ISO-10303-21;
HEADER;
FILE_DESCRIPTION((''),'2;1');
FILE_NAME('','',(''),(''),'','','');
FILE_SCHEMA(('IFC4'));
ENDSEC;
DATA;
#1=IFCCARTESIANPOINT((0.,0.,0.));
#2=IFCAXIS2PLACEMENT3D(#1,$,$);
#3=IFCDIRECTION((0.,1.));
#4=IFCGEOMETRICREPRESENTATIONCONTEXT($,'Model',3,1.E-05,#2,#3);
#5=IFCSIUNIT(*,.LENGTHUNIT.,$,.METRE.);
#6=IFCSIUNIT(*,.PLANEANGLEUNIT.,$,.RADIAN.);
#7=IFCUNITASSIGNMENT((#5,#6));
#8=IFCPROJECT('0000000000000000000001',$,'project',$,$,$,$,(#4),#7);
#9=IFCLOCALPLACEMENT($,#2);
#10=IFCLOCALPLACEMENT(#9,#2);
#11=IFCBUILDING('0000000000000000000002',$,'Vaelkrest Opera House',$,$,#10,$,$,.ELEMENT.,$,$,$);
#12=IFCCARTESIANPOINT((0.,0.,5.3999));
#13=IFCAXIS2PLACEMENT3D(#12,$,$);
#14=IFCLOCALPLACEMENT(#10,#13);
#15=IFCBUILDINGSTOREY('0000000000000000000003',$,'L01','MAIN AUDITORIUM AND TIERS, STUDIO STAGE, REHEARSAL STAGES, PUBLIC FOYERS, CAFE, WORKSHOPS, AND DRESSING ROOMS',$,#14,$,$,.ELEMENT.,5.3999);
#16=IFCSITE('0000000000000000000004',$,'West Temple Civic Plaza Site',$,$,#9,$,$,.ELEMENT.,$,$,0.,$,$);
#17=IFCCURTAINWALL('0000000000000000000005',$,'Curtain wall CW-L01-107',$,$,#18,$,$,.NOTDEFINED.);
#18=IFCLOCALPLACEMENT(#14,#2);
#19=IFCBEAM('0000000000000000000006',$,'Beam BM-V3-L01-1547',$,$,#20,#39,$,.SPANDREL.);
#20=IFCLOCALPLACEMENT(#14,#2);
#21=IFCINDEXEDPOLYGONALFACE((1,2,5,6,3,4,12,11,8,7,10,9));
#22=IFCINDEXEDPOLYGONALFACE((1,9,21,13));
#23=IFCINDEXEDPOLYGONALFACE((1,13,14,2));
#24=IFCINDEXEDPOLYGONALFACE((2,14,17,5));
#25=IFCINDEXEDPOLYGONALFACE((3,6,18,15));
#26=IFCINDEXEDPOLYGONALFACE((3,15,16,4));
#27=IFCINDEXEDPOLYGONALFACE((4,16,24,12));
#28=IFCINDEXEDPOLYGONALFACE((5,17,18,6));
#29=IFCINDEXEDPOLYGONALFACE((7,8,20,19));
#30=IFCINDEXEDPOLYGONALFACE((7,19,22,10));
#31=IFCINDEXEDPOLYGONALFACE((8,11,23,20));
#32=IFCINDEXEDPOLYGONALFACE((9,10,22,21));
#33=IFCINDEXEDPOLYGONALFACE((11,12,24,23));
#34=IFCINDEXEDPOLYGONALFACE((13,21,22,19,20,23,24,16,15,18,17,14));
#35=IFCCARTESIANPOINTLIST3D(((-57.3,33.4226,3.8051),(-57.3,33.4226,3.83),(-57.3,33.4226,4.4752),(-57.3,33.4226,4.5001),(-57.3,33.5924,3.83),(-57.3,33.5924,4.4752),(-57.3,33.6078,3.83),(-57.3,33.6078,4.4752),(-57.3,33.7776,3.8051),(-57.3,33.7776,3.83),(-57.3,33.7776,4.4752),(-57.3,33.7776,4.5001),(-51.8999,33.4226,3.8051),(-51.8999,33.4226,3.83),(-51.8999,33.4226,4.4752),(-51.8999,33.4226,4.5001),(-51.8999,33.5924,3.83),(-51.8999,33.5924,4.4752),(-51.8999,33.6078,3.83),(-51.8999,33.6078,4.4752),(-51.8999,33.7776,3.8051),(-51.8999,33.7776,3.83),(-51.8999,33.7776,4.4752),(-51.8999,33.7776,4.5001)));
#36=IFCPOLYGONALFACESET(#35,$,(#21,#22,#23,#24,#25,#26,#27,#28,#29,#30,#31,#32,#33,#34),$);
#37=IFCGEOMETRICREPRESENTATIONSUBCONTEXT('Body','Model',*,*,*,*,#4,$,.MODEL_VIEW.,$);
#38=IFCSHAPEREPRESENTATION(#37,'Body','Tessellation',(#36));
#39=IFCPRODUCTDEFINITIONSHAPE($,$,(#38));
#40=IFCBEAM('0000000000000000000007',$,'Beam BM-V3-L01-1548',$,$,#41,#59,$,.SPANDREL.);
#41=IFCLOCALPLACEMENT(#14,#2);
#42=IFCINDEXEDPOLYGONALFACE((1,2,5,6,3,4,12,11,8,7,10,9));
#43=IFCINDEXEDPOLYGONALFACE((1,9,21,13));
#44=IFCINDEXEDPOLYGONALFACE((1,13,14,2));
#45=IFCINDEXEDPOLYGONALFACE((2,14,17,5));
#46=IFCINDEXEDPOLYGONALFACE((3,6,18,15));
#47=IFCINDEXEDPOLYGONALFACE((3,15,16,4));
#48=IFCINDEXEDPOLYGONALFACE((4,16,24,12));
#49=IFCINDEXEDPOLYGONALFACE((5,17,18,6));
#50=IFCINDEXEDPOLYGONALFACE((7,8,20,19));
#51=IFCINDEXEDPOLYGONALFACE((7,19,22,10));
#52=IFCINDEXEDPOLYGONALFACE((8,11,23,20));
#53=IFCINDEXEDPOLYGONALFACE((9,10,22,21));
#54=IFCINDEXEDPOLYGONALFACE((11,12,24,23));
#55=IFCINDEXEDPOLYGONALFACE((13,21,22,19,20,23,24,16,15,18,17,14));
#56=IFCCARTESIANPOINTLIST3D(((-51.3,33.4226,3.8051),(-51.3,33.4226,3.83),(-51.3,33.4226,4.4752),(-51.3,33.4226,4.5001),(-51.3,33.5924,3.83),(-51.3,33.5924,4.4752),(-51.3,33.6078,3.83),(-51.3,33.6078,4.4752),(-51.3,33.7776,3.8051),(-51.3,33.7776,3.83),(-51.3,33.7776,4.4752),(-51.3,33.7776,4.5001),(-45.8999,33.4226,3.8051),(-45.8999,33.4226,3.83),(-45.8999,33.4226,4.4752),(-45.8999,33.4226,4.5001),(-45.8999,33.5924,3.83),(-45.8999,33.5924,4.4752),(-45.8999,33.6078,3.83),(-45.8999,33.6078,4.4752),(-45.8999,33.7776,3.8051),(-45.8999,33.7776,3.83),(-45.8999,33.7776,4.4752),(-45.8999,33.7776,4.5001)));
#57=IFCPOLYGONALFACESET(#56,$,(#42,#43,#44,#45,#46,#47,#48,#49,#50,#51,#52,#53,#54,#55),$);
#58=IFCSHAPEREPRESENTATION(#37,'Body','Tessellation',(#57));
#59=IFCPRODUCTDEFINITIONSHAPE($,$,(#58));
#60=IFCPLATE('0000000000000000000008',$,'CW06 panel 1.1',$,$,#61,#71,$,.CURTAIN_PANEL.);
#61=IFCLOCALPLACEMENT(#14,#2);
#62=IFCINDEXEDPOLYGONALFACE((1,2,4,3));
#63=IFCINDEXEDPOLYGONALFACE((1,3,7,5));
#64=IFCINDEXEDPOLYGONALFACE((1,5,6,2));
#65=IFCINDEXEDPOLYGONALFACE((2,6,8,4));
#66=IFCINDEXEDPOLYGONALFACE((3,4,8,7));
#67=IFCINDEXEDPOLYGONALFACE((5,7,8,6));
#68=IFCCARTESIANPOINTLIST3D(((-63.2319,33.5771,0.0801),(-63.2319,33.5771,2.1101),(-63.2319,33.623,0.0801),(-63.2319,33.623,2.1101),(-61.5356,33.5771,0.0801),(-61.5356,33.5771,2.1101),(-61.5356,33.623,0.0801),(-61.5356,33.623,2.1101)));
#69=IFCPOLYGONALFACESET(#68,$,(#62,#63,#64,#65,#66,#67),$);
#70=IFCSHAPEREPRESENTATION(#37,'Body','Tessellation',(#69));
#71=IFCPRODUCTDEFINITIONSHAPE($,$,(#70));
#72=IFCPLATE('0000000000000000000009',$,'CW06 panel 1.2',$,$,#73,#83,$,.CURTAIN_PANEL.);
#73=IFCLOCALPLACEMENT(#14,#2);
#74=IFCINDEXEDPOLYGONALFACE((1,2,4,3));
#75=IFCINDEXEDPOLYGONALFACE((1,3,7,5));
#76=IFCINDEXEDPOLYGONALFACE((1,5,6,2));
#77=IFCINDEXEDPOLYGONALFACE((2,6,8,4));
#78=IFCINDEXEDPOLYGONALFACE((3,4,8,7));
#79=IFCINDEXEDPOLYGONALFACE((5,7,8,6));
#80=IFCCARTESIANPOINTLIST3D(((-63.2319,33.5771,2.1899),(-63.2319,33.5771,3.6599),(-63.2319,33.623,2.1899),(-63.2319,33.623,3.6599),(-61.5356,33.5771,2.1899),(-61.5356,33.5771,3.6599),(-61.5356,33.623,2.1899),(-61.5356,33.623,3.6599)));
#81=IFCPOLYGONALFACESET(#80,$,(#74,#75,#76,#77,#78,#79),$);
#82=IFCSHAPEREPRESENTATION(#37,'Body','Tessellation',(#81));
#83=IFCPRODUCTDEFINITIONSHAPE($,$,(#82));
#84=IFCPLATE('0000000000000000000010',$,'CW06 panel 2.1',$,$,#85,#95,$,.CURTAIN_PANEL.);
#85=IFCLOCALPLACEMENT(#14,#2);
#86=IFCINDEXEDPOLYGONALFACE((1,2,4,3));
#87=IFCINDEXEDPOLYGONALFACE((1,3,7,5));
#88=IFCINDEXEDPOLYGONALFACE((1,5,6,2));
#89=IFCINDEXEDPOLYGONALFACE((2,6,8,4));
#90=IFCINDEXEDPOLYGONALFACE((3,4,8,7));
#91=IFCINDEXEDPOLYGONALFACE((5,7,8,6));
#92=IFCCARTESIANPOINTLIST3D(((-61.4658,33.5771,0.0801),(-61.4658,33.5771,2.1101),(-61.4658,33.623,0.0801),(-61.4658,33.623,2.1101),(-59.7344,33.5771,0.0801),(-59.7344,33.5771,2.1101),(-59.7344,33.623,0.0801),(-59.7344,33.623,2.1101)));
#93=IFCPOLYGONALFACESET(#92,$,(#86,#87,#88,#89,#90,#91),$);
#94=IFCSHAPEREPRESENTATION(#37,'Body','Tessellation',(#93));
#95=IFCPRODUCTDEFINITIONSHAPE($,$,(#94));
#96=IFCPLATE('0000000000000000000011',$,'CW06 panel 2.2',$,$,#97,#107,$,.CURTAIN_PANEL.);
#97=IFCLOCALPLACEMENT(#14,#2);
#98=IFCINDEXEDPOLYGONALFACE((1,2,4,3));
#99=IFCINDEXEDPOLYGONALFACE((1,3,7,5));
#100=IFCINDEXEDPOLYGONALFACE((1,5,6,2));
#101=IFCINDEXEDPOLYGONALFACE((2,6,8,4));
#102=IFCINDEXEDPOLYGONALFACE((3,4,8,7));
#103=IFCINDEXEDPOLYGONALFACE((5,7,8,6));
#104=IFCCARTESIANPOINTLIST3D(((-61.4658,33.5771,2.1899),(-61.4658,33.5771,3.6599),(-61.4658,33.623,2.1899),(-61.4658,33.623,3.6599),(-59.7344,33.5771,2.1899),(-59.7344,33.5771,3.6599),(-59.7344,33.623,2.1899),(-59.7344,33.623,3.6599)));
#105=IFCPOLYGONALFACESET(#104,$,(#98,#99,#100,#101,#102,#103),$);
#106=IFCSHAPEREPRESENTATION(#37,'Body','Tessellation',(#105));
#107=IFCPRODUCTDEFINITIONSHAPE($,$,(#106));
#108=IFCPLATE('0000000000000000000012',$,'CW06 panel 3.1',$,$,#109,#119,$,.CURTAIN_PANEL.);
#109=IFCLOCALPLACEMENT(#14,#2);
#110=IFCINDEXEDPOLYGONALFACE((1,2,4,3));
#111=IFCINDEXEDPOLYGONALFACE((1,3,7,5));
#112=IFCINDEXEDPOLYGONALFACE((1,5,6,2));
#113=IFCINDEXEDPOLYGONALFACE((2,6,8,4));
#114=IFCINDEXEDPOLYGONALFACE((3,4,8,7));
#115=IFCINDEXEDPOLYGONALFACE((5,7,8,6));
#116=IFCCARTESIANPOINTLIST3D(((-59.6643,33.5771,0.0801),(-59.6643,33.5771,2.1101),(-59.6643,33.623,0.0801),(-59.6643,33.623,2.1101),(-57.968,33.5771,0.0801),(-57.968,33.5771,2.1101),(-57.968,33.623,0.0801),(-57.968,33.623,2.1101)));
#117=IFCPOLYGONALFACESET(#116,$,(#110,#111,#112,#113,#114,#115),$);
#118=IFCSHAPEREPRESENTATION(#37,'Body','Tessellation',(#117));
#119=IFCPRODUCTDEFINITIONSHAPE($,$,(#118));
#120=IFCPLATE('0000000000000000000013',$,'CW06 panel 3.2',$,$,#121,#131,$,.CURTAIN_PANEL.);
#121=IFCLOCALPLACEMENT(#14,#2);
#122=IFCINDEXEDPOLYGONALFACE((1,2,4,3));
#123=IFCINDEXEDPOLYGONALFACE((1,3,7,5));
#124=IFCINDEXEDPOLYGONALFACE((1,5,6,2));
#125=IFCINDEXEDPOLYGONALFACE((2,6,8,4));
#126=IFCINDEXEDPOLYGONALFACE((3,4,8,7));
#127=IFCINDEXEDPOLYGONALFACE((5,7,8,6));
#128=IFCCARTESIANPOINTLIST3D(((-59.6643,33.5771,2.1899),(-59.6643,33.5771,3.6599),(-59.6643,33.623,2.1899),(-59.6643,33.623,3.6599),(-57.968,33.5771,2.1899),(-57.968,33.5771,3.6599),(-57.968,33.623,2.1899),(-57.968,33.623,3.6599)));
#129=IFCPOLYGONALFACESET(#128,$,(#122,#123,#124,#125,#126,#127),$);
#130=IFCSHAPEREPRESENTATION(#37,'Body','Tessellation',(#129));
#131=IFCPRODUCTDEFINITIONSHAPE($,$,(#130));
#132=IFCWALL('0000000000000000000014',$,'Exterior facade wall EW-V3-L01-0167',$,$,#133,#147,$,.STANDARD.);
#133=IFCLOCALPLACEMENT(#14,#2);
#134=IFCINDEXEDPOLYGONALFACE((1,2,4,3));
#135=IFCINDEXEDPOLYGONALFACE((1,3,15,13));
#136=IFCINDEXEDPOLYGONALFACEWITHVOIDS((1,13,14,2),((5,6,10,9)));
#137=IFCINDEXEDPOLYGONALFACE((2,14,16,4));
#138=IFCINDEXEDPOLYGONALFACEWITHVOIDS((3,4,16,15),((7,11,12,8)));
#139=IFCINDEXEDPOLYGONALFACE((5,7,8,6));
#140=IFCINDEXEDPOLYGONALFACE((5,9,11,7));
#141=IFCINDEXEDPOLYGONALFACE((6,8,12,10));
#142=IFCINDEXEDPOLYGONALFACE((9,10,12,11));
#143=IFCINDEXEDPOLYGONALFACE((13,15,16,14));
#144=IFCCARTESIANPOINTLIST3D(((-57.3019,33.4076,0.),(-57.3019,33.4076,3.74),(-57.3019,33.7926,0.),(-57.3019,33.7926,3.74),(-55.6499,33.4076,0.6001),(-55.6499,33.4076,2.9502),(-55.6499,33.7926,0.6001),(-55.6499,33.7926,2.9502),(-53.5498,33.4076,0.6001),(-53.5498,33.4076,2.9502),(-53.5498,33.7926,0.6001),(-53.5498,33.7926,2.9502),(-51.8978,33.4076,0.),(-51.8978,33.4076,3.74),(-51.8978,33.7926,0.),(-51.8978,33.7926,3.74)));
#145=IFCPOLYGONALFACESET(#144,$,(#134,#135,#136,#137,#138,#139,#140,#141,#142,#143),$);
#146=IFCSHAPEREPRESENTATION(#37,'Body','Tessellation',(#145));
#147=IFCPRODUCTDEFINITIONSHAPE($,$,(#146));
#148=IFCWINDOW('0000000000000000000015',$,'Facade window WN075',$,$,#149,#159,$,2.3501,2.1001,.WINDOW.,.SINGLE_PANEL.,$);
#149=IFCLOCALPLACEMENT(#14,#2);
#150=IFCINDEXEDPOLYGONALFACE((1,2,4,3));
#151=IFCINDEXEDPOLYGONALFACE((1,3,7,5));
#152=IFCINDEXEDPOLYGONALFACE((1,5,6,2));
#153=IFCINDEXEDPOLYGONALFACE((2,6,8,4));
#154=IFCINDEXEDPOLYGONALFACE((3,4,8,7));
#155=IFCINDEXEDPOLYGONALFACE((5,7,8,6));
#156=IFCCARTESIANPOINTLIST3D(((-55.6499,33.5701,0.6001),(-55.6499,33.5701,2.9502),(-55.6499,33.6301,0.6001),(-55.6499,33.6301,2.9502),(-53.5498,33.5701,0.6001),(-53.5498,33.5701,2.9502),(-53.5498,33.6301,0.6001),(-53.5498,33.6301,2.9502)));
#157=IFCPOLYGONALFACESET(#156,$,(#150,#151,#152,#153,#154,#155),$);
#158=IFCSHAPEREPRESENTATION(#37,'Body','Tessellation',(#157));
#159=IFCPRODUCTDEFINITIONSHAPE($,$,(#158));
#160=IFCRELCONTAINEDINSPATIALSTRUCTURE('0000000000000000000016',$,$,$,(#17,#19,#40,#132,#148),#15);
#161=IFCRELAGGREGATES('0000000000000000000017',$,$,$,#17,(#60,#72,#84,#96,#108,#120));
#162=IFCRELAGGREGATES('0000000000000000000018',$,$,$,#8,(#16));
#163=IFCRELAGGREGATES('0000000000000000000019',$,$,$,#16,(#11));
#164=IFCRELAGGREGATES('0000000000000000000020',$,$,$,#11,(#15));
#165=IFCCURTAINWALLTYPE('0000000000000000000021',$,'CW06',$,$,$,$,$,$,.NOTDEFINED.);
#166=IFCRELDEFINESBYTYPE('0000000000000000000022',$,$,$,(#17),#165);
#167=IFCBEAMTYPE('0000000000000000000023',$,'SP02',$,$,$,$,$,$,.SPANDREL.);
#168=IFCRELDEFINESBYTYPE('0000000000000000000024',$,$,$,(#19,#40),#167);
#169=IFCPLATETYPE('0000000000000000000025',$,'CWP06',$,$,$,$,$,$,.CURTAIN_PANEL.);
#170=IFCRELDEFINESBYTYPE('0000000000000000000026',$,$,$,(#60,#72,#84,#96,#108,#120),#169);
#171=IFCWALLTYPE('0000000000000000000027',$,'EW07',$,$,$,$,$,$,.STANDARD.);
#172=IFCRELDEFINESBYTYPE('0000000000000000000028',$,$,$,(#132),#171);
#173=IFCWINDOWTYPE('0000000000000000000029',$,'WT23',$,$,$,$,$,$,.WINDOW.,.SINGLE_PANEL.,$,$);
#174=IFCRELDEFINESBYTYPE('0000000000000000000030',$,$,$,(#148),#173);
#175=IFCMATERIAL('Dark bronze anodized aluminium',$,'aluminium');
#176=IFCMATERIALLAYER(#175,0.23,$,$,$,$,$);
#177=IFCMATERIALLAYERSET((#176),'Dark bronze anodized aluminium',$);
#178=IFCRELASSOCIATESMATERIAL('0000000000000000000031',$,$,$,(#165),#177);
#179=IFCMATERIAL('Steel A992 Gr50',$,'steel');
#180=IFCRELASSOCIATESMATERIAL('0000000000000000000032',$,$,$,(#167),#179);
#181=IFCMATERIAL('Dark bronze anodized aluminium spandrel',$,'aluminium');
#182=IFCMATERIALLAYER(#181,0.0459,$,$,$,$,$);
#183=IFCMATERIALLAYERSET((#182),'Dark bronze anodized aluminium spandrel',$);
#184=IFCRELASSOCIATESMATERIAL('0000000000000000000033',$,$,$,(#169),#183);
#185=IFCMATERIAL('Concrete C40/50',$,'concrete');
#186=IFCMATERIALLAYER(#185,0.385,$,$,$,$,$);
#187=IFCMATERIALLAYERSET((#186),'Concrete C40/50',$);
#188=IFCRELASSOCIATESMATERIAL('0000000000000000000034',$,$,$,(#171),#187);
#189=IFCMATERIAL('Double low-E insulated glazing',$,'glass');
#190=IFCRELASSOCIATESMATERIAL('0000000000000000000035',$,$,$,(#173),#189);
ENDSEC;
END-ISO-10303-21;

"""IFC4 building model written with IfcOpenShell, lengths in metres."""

from ifc_helpers import new_model, si_unit, direction, frame, frame_2d, origin, origin_2d, place, context, subcontext, project, spatial, rectangle, i_section, extrude, material, layer, layer_set, material_profile, profile_set, type_object, element, fill, aggregate, save


model = new_model("IFC4")

# Units and contexts
model_context = context("Model", 3, precision=1e-05, world=origin(), true_north=direction((0.0, 1.0)))
body_context = subcontext(model_context, "Body", "Model", "MODEL_VIEW")
ifc_project = project(units=[si_unit("LENGTHUNIT", "METRE"), si_unit("PLANEANGLEUNIT", "RADIAN")], contexts=[model_context])

# Site, building, storey
site_placement = place(None, origin())
site = spatial("IfcSite", under=ifc_project, at=site_placement, Name="West Temple Civic Plaza Site", CompositionType="ELEMENT", RefElevation=0.0)
building_placement = place(site_placement, origin())
building = spatial("IfcBuilding", under=site, at=building_placement, Name="Vaelkrest Opera House", CompositionType="ELEMENT")
storey_placement = place(building_placement, frame((0.0, 0.0, 5.3999)))
storey = spatial("IfcBuildingStorey", under=building, at=storey_placement, Name="L01", Description="MAIN AUDITORIUM AND TIERS, STUDIO STAGE, REHEARSAL STAGES, PUBLIC FOYERS, CAFE, WORKSHOPS, AND DRESSING ROOMS", CompositionType="ELEMENT", Elevation=5.3999)

# Shared definitions
ifc_material_1 = material(Name="Steel A992 Gr50", Category="steel")

# Curtain wall
ifc_material_2 = material(Name="Dark bronze anodized aluminium", Category="aluminium")
ifc_layer_1 = layer(ifc_material_2, 0.23)
ifc_layer_set_1 = layer_set([ifc_layer_1], Name="Dark bronze anodized aluminium")
curtain_wall_type = type_object("IfcCurtainWallType", Name="CW06", PredefinedType="NOTDEFINED", material=ifc_layer_set_1)
curtain_wall_placement = place(storey_placement, origin())
curtain_wall = element("IfcCurtainWall", 1, at=curtain_wall_placement, inside=storey, type_object=curtain_wall_type, Name="Curtain wall CW-L01-107", PredefinedType="NOTDEFINED")

# Beams
ifc_material_profile_1 = material_profile(ifc_material_1, i_section(OverallWidth=0.355, OverallDepth=0.6951, WebThickness=0.0154, FlangeThickness=0.0249, at=origin_2d()), Name="W27X146")
ifc_profile_set_1 = profile_set([ifc_material_profile_1], Name="Steel A992 Gr50")
beam_type_1 = type_object("IfcBeamType", Name="SP02", PredefinedType="SPANDREL", material=ifc_profile_set_1)
for number, where, z_axis, x_axis, name in (
    (2, (-57.3, 33.6001, 4.1526), (1.0, 0.0, 0.0), (0.0, 1.0, 0.0), "Beam BM-V3-L01-1547"),
    (3, (-51.3, 33.6001, 4.1526), (1.0, 0.0, 0.0), (0.0, 1.0, 0.0), "Beam BM-V3-L01-1548"),
):
    element("IfcBeam", number, at=place(storey_placement, frame(where, z_axis=z_axis, x_axis=x_axis)), inside=storey, type_object=beam_type_1, Name=name, PredefinedType="SPANDREL", context=body_context, shape_type="SweptSolid", body=[
        extrude(i_section(OverallWidth=0.355, OverallDepth=0.6951, WebThickness=0.0154, FlangeThickness=0.0249, at=origin_2d()), origin(), (0.0, 0.0, 1.0), 5.4001),
    ])

# Plates
ifc_material_3 = material(Name="Dark bronze anodized aluminium spandrel", Category="aluminium")
ifc_layer_2 = layer(ifc_material_3, 0.0459)
ifc_layer_set_2 = layer_set([ifc_layer_2], Name="Dark bronze anodized aluminium spandrel")
plate_type = type_object("IfcPlateType", Name="CWP06", PredefinedType="CURTAIN_PANEL", material=ifc_layer_set_2)
plate_1_placement = place(storey_placement, frame((-62.3838, 33.6001, 0.0801), z_axis=(0.0, 0.0, 1.0), x_axis=(1.0, 0.0, 0.0)))
plate_1 = element("IfcPlate", 4, at=plate_1_placement, type_object=plate_type, Name="CW06 panel 1.1", PredefinedType="CURTAIN_PANEL", context=body_context, shape_type="SweptSolid", body=[
    extrude(rectangle(XDim=1.6963, YDim=0.0459, at=origin_2d()), origin(), (0.0, 0.0, 1.0), 2.03),
])
plate_2_placement = place(storey_placement, frame((-62.3838, 33.6001, 2.1899), z_axis=(0.0, 0.0, 1.0), x_axis=(1.0, 0.0, 0.0)))
plate_2 = element("IfcPlate", 5, at=plate_2_placement, type_object=plate_type, Name="CW06 panel 1.2", PredefinedType="CURTAIN_PANEL", context=body_context, shape_type="SweptSolid", body=[
    extrude(rectangle(XDim=1.6963, YDim=0.0459, at=origin_2d()), origin(), (0.0, 0.0, 1.0), 1.47),
])
plate_3_placement = place(storey_placement, frame((-60.6001, 33.6001, 0.0801), z_axis=(0.0, 0.0, 1.0), x_axis=(1.0, 0.0, 0.0)))
plate_3 = element("IfcPlate", 6, at=plate_3_placement, type_object=plate_type, Name="CW06 panel 2.1", PredefinedType="CURTAIN_PANEL", context=body_context, shape_type="SweptSolid", body=[
    extrude(rectangle(XDim=1.7314, YDim=0.0459, at=origin_2d()), origin(), (0.0, 0.0, 1.0), 2.03),
])
plate_4_placement = place(storey_placement, frame((-60.6001, 33.6001, 2.1899), z_axis=(0.0, 0.0, 1.0), x_axis=(1.0, 0.0, 0.0)))
plate_4 = element("IfcPlate", 7, at=plate_4_placement, type_object=plate_type, Name="CW06 panel 2.2", PredefinedType="CURTAIN_PANEL", context=body_context, shape_type="SweptSolid", body=[
    extrude(rectangle(XDim=1.7314, YDim=0.0459, at=origin_2d()), origin(), (0.0, 0.0, 1.0), 1.47),
])
plate_5_placement = place(storey_placement, frame((-58.8162, 33.6001, 0.0801), z_axis=(0.0, 0.0, 1.0), x_axis=(1.0, 0.0, 0.0)))
plate_5 = element("IfcPlate", 8, at=plate_5_placement, type_object=plate_type, Name="CW06 panel 3.1", PredefinedType="CURTAIN_PANEL", context=body_context, shape_type="SweptSolid", body=[
    extrude(rectangle(XDim=1.6963, YDim=0.0459, at=origin_2d()), origin(), (0.0, 0.0, 1.0), 2.03),
])
plate_6_placement = place(storey_placement, frame((-58.8162, 33.6001, 2.1899), z_axis=(0.0, 0.0, 1.0), x_axis=(1.0, 0.0, 0.0)))
plate_6 = element("IfcPlate", 9, at=plate_6_placement, type_object=plate_type, Name="CW06 panel 3.2", PredefinedType="CURTAIN_PANEL", context=body_context, shape_type="SweptSolid", body=[
    extrude(rectangle(XDim=1.6963, YDim=0.0459, at=origin_2d()), origin(), (0.0, 0.0, 1.0), 1.47),
])
aggregate(curtain_wall, [plate_1, plate_2, plate_3, plate_4, plate_5, plate_6])

# Wall, opening, window
ifc_material_4 = material(Name="Concrete C40/50", Category="concrete")
ifc_layer_3 = layer(ifc_material_4, 0.385)
ifc_layer_set_3 = layer_set([ifc_layer_3], Name="Concrete C40/50")
wall_type = type_object("IfcWallType", Name="EW07", PredefinedType="STANDARD", material=ifc_layer_set_3)
wall_placement = place(storey_placement, frame((-57.302, 33.6001, 0.0), z_axis=(0.0, 0.0, 1.0), x_axis=(1.0, 0.0, 0.0)))
wall = element("IfcWall", 10, at=wall_placement, inside=storey, type_object=wall_type, Name="Exterior facade wall EW-V3-L01-0167", PredefinedType="STANDARD", context=body_context, shape_type="SweptSolid", body=[
    extrude(rectangle(XDim=5.4041, YDim=0.385, at=frame_2d((2.7021, 0.0))), origin(), (0.0, 0.0, 1.0), 3.74),
])
opening_placement = place(wall_placement, frame((1.6521, 0.0, 0.6001)))
opening = element("IfcOpeningElement", 11, at=opening_placement, cuts=wall, PredefinedType="OPENING", context=body_context, shape_type="SweptSolid", body=[
    extrude(rectangle(XDim=2.1001, YDim=2.3501, at=frame_2d((1.05, 1.175))), frame((0.0, 0.2024, 0.0), z_axis=(0.0, -1.0, 0.0), x_axis=(1.0, 0.0, 0.0)), (0.0, 0.0, 1.0), 0.405),
])
ifc_material_5 = material(Name="Double low-E insulated glazing", Category="glass")
window_type = type_object("IfcWindowType", Name="WT23", PartitioningType="SINGLE_PANEL", PredefinedType="WINDOW", material=ifc_material_5)
window_placement = place(opening_placement, origin())
window = element("IfcWindow", 12, at=window_placement, inside=storey, type_object=window_type, Name="Facade window WN075", OverallHeight=2.3501, OverallWidth=2.1001, PartitioningType="SINGLE_PANEL", PredefinedType="WINDOW", context=body_context, shape_type="SweptSolid", body=[
    extrude(rectangle(XDim=2.1001, YDim=2.3501, at=frame_2d((1.05, 1.175))), frame((0.0, 0.03, 0.0), z_axis=(0.0, -1.0, 0.0), x_axis=(1.0, 0.0, 0.0)), (0.0, 0.0, 1.0), 0.0601),
])
fill(opening, window)

save(model, "model.ifc")
